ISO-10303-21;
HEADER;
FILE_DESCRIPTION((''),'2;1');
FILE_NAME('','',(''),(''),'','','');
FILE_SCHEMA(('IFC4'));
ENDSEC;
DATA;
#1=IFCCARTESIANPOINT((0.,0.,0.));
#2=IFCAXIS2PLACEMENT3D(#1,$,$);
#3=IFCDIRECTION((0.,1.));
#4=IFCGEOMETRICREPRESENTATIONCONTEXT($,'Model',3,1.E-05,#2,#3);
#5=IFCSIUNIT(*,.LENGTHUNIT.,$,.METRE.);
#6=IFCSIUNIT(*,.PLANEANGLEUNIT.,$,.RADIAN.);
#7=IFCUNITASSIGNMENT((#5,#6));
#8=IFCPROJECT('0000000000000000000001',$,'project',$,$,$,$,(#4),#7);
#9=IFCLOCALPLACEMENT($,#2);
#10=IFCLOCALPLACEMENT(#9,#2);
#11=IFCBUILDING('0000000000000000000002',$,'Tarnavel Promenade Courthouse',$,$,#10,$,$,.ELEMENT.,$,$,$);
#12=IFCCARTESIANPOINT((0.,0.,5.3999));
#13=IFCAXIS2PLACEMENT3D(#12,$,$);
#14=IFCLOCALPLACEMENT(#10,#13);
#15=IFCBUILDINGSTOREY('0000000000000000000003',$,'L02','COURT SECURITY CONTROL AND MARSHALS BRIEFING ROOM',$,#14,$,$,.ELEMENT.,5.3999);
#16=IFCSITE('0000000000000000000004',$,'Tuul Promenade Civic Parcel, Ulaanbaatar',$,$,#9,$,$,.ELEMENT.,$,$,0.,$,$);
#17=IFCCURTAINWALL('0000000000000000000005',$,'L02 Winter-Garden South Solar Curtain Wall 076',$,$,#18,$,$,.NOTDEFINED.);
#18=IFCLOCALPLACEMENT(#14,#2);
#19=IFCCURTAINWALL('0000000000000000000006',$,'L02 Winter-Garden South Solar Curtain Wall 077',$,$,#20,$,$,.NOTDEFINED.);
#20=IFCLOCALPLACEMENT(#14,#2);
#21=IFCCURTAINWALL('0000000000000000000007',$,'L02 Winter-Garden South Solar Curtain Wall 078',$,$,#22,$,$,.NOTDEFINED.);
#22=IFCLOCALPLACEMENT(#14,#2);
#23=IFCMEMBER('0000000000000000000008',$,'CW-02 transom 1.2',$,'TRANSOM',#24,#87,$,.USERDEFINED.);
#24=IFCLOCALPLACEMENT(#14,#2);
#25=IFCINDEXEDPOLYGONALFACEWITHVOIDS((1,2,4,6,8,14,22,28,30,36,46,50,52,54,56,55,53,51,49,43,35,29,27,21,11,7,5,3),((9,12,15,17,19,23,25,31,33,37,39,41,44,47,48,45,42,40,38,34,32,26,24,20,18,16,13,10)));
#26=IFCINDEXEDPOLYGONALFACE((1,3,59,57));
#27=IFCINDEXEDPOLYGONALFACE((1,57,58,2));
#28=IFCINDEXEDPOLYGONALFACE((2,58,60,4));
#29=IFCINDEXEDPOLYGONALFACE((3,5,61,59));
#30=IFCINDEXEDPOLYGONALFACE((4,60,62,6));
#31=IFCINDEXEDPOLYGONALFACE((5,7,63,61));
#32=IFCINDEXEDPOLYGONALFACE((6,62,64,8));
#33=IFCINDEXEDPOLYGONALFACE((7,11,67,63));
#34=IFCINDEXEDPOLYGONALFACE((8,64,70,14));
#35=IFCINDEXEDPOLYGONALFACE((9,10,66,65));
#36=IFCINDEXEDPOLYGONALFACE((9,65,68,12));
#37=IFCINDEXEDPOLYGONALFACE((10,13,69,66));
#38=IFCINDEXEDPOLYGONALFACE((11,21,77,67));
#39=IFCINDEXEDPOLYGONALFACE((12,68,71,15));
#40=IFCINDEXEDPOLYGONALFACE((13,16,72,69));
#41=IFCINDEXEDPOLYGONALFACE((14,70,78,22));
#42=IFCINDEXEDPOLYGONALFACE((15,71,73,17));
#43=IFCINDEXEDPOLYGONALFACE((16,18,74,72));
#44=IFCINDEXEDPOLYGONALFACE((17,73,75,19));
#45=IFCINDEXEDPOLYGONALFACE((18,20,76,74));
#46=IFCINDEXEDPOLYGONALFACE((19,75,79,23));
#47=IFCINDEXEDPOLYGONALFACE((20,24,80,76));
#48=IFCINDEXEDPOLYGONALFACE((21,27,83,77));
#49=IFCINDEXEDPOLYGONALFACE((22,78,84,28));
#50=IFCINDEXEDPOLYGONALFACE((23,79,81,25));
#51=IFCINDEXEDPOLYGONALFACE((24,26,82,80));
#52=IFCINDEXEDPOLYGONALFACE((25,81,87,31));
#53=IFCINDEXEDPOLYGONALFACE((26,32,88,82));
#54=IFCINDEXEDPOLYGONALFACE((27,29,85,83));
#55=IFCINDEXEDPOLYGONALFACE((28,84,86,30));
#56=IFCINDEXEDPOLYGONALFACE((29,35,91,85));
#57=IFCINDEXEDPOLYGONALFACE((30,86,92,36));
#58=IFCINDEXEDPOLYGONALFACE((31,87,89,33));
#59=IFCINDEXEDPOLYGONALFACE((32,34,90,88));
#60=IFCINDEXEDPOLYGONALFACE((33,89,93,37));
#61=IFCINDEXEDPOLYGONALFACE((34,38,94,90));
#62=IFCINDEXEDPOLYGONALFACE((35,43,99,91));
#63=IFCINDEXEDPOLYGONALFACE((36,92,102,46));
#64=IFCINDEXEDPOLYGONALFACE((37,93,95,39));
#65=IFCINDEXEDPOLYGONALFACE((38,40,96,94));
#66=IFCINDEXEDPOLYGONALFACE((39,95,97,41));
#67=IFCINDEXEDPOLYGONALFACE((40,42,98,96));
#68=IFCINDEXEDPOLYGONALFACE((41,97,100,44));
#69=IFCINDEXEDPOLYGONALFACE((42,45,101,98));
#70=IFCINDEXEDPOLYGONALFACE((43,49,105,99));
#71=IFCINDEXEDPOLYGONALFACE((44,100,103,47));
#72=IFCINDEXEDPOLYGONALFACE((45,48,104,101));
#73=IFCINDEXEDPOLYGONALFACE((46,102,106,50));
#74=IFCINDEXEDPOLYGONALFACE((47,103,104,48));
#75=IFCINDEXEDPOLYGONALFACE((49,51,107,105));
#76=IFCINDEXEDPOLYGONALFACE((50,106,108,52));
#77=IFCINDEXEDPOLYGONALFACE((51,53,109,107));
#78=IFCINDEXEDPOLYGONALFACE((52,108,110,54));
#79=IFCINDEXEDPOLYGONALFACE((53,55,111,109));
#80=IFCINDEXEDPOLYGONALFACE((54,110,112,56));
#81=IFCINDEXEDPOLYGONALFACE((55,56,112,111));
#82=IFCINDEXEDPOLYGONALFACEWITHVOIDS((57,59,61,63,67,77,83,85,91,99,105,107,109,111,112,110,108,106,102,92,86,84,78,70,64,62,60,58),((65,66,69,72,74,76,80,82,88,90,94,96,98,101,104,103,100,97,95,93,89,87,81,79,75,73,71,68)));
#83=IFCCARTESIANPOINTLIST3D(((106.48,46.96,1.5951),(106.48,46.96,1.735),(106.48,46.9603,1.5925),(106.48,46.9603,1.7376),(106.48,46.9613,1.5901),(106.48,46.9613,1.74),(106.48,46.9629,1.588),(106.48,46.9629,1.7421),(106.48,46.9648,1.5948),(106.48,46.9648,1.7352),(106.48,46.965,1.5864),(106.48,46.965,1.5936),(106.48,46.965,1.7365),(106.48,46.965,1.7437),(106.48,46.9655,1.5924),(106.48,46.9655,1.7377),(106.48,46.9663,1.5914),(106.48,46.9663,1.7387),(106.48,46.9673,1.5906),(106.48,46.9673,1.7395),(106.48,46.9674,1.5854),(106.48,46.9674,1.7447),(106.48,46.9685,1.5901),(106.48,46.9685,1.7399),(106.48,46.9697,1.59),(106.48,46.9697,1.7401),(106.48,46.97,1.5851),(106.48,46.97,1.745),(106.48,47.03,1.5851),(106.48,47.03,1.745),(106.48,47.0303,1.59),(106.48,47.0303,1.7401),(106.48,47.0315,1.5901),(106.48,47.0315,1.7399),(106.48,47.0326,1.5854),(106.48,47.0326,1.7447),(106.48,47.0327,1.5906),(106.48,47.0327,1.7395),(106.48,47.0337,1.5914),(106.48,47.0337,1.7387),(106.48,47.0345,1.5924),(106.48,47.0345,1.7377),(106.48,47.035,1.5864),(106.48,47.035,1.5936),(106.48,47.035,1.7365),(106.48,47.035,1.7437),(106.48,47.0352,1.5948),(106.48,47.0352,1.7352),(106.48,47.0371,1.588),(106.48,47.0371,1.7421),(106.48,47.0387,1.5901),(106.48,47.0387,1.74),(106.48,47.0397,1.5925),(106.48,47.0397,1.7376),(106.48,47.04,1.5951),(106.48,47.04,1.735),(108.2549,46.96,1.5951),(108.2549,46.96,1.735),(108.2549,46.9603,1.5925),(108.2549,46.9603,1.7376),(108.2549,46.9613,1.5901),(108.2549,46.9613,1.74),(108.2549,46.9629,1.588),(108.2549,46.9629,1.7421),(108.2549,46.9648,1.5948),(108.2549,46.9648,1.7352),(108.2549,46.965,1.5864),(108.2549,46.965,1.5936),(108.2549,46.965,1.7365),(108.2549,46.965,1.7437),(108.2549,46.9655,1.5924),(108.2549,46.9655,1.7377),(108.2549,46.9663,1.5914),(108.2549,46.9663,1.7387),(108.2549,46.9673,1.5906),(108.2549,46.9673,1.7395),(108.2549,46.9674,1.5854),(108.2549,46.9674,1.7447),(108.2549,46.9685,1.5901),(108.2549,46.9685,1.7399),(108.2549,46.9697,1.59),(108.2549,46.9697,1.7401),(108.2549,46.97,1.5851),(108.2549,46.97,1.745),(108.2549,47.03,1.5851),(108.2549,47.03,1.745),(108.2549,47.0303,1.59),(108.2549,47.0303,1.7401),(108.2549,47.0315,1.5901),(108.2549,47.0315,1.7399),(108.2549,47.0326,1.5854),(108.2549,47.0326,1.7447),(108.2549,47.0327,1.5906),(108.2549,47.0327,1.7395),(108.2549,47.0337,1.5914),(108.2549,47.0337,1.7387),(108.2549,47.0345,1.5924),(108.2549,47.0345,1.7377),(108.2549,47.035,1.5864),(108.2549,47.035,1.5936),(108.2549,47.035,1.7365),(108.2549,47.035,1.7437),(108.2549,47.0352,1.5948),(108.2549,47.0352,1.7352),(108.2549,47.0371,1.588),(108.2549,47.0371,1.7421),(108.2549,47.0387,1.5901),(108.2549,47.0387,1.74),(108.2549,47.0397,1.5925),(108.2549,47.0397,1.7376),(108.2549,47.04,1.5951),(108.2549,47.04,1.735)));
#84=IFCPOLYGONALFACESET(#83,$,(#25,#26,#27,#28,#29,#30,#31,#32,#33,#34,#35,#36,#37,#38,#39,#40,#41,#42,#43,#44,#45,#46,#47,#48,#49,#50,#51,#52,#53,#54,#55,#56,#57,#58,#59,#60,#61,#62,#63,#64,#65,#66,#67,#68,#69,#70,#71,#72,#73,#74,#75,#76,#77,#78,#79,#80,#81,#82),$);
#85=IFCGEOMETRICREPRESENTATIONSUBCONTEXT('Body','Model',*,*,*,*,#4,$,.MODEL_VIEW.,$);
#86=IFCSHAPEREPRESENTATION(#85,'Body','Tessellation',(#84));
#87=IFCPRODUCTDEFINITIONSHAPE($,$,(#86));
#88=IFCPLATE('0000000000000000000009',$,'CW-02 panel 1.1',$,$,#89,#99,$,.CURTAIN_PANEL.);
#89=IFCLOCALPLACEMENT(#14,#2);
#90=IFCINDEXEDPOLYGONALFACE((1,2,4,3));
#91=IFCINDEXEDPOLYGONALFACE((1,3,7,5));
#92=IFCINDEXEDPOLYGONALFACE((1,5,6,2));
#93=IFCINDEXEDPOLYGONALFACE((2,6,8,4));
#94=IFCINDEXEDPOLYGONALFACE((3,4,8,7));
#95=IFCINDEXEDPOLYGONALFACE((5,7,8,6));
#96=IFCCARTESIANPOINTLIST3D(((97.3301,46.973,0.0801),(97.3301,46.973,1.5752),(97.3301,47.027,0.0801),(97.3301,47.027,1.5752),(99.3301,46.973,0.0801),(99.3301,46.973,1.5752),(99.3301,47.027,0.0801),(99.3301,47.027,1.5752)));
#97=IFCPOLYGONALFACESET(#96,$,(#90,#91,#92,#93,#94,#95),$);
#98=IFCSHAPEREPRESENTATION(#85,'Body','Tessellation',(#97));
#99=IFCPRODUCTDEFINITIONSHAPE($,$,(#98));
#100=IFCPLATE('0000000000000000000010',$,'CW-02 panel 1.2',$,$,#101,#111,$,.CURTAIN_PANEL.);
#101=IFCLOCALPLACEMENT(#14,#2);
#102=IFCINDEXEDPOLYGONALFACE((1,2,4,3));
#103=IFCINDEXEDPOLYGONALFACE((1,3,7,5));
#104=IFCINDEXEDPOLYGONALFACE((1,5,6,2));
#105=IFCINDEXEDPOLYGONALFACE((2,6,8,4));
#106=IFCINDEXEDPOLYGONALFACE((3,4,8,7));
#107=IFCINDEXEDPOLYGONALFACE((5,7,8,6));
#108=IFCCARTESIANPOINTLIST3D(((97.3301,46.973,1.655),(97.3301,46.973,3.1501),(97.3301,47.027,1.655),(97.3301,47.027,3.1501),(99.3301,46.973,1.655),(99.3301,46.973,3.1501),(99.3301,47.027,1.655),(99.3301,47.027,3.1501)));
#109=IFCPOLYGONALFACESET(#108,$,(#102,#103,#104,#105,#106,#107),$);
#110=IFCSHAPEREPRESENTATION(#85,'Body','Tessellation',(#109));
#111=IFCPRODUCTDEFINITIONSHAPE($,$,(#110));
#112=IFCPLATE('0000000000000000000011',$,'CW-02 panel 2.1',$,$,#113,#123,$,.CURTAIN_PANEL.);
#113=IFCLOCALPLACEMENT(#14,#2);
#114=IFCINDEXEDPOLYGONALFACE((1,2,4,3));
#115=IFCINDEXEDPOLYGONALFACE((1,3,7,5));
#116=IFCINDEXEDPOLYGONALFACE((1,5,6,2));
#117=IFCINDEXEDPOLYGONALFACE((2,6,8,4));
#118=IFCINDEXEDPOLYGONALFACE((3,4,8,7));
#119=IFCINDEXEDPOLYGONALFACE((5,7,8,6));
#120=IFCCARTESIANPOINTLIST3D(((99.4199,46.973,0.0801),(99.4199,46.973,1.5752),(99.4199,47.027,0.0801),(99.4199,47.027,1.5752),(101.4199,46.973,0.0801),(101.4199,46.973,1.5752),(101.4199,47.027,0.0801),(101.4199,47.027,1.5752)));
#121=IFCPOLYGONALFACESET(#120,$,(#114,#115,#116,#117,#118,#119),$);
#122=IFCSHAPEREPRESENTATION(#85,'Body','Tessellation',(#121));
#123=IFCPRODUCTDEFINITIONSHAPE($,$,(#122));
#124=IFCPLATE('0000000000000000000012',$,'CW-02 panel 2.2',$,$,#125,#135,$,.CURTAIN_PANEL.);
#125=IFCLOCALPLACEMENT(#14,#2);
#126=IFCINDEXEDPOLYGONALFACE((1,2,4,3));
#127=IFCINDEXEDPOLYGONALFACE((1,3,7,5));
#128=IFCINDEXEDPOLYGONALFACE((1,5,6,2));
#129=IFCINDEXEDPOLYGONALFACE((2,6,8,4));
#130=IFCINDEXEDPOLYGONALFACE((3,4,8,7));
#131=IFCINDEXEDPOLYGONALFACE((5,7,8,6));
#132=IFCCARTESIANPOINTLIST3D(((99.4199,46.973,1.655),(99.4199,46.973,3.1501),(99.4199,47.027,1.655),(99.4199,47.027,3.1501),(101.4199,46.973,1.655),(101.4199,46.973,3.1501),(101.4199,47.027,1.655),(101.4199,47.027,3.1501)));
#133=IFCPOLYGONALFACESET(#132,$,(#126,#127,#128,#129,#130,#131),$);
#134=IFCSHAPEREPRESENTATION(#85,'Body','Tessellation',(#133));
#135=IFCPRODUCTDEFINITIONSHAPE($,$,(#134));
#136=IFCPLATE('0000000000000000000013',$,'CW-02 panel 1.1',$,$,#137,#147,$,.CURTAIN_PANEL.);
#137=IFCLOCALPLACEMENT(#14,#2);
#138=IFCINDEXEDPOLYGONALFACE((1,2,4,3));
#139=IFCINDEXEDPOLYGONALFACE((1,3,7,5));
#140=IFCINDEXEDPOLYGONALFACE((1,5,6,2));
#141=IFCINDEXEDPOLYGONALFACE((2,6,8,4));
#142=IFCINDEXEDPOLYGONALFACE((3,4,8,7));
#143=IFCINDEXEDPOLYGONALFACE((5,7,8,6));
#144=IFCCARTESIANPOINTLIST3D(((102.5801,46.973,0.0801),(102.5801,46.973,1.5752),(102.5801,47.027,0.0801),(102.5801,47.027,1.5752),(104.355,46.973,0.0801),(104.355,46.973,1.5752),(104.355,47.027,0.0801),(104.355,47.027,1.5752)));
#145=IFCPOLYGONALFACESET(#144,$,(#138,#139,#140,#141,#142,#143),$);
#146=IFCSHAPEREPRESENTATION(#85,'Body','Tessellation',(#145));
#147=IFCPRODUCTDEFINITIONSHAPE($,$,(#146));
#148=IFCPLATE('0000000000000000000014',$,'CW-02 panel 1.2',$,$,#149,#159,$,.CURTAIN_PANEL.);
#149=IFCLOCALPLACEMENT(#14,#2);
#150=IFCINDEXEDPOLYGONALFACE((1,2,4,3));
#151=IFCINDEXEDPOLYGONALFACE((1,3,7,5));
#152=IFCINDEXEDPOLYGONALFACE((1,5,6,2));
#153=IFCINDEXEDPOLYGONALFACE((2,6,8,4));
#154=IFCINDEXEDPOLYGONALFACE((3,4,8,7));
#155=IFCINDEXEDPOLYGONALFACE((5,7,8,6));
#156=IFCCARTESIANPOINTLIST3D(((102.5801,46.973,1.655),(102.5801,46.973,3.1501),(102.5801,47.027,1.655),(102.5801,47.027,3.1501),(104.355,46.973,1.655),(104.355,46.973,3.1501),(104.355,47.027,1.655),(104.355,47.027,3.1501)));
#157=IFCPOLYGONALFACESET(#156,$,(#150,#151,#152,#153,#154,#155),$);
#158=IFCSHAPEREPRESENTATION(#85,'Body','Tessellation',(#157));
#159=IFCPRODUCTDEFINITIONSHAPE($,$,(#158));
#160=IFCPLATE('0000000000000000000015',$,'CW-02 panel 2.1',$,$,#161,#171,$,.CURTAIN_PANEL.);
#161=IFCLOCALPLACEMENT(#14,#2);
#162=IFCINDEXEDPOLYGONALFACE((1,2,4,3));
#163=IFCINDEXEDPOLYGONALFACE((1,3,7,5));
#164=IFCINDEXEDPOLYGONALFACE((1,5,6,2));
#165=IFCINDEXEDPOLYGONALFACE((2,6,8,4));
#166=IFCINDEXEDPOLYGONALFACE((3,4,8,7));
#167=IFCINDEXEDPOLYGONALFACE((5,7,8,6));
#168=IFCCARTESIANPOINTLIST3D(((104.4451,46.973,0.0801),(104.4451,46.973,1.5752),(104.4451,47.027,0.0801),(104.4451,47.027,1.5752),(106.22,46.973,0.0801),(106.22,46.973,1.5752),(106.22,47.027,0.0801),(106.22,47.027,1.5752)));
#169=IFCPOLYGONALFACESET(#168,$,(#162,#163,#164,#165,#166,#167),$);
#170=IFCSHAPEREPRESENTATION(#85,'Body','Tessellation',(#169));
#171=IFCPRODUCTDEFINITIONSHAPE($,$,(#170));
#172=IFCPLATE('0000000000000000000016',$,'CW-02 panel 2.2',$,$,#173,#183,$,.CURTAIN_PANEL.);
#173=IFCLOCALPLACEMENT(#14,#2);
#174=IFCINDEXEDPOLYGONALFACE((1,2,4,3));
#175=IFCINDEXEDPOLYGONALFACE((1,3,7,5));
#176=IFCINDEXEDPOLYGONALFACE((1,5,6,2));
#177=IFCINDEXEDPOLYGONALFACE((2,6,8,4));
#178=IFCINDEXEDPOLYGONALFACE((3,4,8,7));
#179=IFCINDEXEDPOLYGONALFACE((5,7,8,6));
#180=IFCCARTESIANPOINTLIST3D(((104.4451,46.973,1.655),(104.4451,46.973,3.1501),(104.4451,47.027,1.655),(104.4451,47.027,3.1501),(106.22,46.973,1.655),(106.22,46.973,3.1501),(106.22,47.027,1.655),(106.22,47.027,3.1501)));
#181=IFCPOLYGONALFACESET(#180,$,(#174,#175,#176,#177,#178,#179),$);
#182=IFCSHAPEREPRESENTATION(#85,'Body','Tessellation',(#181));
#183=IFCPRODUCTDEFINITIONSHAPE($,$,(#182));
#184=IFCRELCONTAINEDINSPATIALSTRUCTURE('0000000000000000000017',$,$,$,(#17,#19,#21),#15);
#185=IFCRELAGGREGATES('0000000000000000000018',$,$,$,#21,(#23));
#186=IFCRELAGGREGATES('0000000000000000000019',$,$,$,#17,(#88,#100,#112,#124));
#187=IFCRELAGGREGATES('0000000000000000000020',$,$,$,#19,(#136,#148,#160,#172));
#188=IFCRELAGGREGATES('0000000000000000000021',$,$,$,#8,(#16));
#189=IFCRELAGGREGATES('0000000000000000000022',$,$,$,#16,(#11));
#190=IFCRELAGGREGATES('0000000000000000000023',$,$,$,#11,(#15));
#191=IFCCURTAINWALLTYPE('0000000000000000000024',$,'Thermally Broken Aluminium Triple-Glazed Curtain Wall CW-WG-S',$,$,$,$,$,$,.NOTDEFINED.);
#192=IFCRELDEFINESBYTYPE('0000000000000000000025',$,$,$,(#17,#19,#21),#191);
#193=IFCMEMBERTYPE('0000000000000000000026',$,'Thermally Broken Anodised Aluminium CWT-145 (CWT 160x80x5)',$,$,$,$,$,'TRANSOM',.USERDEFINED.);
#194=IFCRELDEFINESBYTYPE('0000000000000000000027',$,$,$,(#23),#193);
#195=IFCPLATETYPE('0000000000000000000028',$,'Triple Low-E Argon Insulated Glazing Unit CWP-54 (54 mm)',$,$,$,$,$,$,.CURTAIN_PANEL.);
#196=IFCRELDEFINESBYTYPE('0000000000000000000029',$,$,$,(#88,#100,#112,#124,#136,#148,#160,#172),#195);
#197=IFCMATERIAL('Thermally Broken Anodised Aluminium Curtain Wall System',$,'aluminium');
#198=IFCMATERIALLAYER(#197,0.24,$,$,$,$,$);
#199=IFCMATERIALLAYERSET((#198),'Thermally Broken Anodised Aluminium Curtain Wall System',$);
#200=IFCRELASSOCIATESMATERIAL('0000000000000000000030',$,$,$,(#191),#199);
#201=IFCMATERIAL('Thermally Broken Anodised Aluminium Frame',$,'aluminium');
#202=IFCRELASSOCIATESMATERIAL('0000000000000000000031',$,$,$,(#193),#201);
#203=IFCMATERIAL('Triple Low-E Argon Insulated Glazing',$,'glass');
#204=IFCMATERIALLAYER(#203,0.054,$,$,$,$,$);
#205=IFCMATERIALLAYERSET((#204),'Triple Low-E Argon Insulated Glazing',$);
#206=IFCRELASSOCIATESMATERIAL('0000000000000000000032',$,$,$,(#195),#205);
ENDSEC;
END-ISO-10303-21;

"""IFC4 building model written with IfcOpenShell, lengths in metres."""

from ifc_helpers import new_model, si_unit, direction, frame, origin, origin_2d, place, context, subcontext, project, spatial, rectangle, hollow_rectangle, extrude, material, layer, layer_set, material_profile, profile_set, type_object, element, aggregate, save


model = new_model("IFC4")

# Units and contexts
model_context = context("Model", 3, precision=1e-05, world=origin(), true_north=direction((0.0, 1.0)))
body_context = subcontext(model_context, "Body", "Model", "MODEL_VIEW")
ifc_project = project(units=[si_unit("LENGTHUNIT", "METRE"), si_unit("PLANEANGLEUNIT", "RADIAN")], contexts=[model_context])

# Site, building, storey
site_placement = place(None, origin())
site = spatial("IfcSite", under=ifc_project, at=site_placement, Name="Tuul Promenade Civic Parcel, Ulaanbaatar", CompositionType="ELEMENT", RefElevation=0.0)
building_placement = place(site_placement, origin())
building = spatial("IfcBuilding", under=site, at=building_placement, Name="Tarnavel Promenade Courthouse", CompositionType="ELEMENT")
storey_placement = place(building_placement, frame((0.0, 0.0, 5.3999)))
storey = spatial("IfcBuildingStorey", under=building, at=storey_placement, Name="L02", Description="COURT SECURITY CONTROL AND MARSHALS BRIEFING ROOM", CompositionType="ELEMENT", Elevation=5.3999)

# Shared definitions
ifc_material_1 = material(Name="Thermally Broken Anodised Aluminium Curtain Wall System", Category="aluminium")
ifc_layer_1 = layer(ifc_material_1, 0.24)
ifc_layer_set_1 = layer_set([ifc_layer_1], Name="Thermally Broken Anodised Aluminium Curtain Wall System")
curtain_wall_type = type_object("IfcCurtainWallType", Name="Thermally Broken Aluminium Triple-Glazed Curtain Wall CW-WG-S", PredefinedType="NOTDEFINED", material=ifc_layer_set_1)
ifc_material_2 = material(Name="Thermally Broken Anodised Aluminium Frame", Category="aluminium")

# Curtain walls
curtain_wall_1_placement = place(storey_placement, origin())
curtain_wall_1 = element("IfcCurtainWall", 1, at=curtain_wall_1_placement, inside=storey, type_object=curtain_wall_type, Name="L02 Winter-Garden South Solar Curtain Wall 076", PredefinedType="NOTDEFINED")
curtain_wall_2_placement = place(storey_placement, origin())
curtain_wall_2 = element("IfcCurtainWall", 2, at=curtain_wall_2_placement, inside=storey, type_object=curtain_wall_type, Name="L02 Winter-Garden South Solar Curtain Wall 077", PredefinedType="NOTDEFINED")

# Curtain wall
curtain_wall_3_placement = place(storey_placement, origin())
curtain_wall_3 = element("IfcCurtainWall", 3, at=curtain_wall_3_placement, inside=storey, type_object=curtain_wall_type, Name="L02 Winter-Garden South Solar Curtain Wall 078", PredefinedType="NOTDEFINED")

# Member
ifc_material_profile_1 = material_profile(ifc_material_2, hollow_rectangle(XDim=0.0801, YDim=0.1599, WallThickness=0.0049, InnerFilletRadius=0.0049, OuterFilletRadius=0.01, at=origin_2d()), Name="CWT 160x80x5")
ifc_profile_set_1 = profile_set([ifc_material_profile_1], Name="Thermally Broken Anodised Aluminium Frame")
member_type_1 = type_object("IfcMemberType", Name="Thermally Broken Anodised Aluminium CWT-145 (CWT 160x80x5)", ElementType="TRANSOM", PredefinedType="USERDEFINED", material=ifc_profile_set_1)
member_1_placement = place(storey_placement, frame((106.48, 47.0, 1.665), z_axis=(1.0, 0.0, 0.0), x_axis=(0.0, 1.0, 0.0)))
member_1 = element("IfcMember", 4, at=member_1_placement, type_object=member_type_1, Name="CW-02 transom 1.2", ObjectType="TRANSOM", PredefinedType="USERDEFINED", context=body_context, shape_type="SweptSolid", body=[
    extrude(hollow_rectangle(XDim=0.0801, YDim=0.1599, WallThickness=0.0049, InnerFilletRadius=0.0049, OuterFilletRadius=0.01, at=origin_2d()), origin(), (0.0, 0.0, 1.0), 1.7749),
])
aggregate(curtain_wall_3, [member_1])

# Plates
ifc_material_3 = material(Name="Triple Low-E Argon Insulated Glazing", Category="glass")
ifc_layer_2 = layer(ifc_material_3, 0.054)
ifc_layer_set_2 = layer_set([ifc_layer_2], Name="Triple Low-E Argon Insulated Glazing")
plate_type = type_object("IfcPlateType", Name="Triple Low-E Argon Insulated Glazing Unit CWP-54 (54 mm)", PredefinedType="CURTAIN_PANEL", material=ifc_layer_set_2)
plate_1_placement = place(storey_placement, frame((98.3301, 47.0, 0.0801), z_axis=(0.0, 0.0, 1.0), x_axis=(1.0, 0.0, 0.0)))
plate_1 = element("IfcPlate", 5, at=plate_1_placement, type_object=plate_type, Name="CW-02 panel 1.1", PredefinedType="CURTAIN_PANEL", context=body_context, shape_type="SweptSolid", body=[
    extrude(rectangle(XDim=2.0, YDim=0.054, at=origin_2d()), origin(), (0.0, 0.0, 1.0), 1.4951),
])
plate_2_placement = place(storey_placement, frame((98.3301, 47.0, 1.655), z_axis=(0.0, 0.0, 1.0), x_axis=(1.0, 0.0, 0.0)))
plate_2 = element("IfcPlate", 6, at=plate_2_placement, type_object=plate_type, Name="CW-02 panel 1.2", PredefinedType="CURTAIN_PANEL", context=body_context, shape_type="SweptSolid", body=[
    extrude(rectangle(XDim=2.0, YDim=0.054, at=origin_2d()), origin(), (0.0, 0.0, 1.0), 1.4951),
])
plate_3_placement = place(storey_placement, frame((100.4199, 47.0, 0.0801), z_axis=(0.0, 0.0, 1.0), x_axis=(1.0, 0.0, 0.0)))
plate_3 = element("IfcPlate", 7, at=plate_3_placement, type_object=plate_type, Name="CW-02 panel 2.1", PredefinedType="CURTAIN_PANEL", context=body_context, shape_type="SweptSolid", body=[
    extrude(rectangle(XDim=2.0, YDim=0.054, at=origin_2d()), origin(), (0.0, 0.0, 1.0), 1.4951),
])
plate_4_placement = place(storey_placement, frame((100.4199, 47.0, 1.655), z_axis=(0.0, 0.0, 1.0), x_axis=(1.0, 0.0, 0.0)))
plate_4 = element("IfcPlate", 8, at=plate_4_placement, type_object=plate_type, Name="CW-02 panel 2.2", PredefinedType="CURTAIN_PANEL", context=body_context, shape_type="SweptSolid", body=[
    extrude(rectangle(XDim=2.0, YDim=0.054, at=origin_2d()), origin(), (0.0, 0.0, 1.0), 1.4951),
])
aggregate(curtain_wall_1, [plate_1, plate_2, plate_3, plate_4])
plate_5_placement = place(storey_placement, frame((103.4675, 47.0, 0.0801), z_axis=(0.0, 0.0, 1.0), x_axis=(1.0, 0.0, 0.0)))
plate_5 = element("IfcPlate", 9, at=plate_5_placement, type_object=plate_type, Name="CW-02 panel 1.1", PredefinedType="CURTAIN_PANEL", context=body_context, shape_type="SweptSolid", body=[
    extrude(rectangle(XDim=1.7749, YDim=0.054, at=origin_2d()), origin(), (0.0, 0.0, 1.0), 1.4951),
])
plate_6_placement = place(storey_placement, frame((103.4675, 47.0, 1.655), z_axis=(0.0, 0.0, 1.0), x_axis=(1.0, 0.0, 0.0)))
plate_6 = element("IfcPlate", 10, at=plate_6_placement, type_object=plate_type, Name="CW-02 panel 1.2", PredefinedType="CURTAIN_PANEL", context=body_context, shape_type="SweptSolid", body=[
    extrude(rectangle(XDim=1.7749, YDim=0.054, at=origin_2d()), origin(), (0.0, 0.0, 1.0), 1.4951),
])
plate_7_placement = place(storey_placement, frame((105.3325, 47.0, 0.0801), z_axis=(0.0, 0.0, 1.0), x_axis=(1.0, 0.0, 0.0)))
plate_7 = element("IfcPlate", 11, at=plate_7_placement, type_object=plate_type, Name="CW-02 panel 2.1", PredefinedType="CURTAIN_PANEL", context=body_context, shape_type="SweptSolid", body=[
    extrude(rectangle(XDim=1.7749, YDim=0.054, at=origin_2d()), origin(), (0.0, 0.0, 1.0), 1.4951),
])
plate_8_placement = place(storey_placement, frame((105.3325, 47.0, 1.655), z_axis=(0.0, 0.0, 1.0), x_axis=(1.0, 0.0, 0.0)))
plate_8 = element("IfcPlate", 12, at=plate_8_placement, type_object=plate_type, Name="CW-02 panel 2.2", PredefinedType="CURTAIN_PANEL", context=body_context, shape_type="SweptSolid", body=[
    extrude(rectangle(XDim=1.7749, YDim=0.054, at=origin_2d()), origin(), (0.0, 0.0, 1.0), 1.4951),
])
aggregate(curtain_wall_2, [plate_5, plate_6, plate_7, plate_8])

save(model, "model.ifc")
